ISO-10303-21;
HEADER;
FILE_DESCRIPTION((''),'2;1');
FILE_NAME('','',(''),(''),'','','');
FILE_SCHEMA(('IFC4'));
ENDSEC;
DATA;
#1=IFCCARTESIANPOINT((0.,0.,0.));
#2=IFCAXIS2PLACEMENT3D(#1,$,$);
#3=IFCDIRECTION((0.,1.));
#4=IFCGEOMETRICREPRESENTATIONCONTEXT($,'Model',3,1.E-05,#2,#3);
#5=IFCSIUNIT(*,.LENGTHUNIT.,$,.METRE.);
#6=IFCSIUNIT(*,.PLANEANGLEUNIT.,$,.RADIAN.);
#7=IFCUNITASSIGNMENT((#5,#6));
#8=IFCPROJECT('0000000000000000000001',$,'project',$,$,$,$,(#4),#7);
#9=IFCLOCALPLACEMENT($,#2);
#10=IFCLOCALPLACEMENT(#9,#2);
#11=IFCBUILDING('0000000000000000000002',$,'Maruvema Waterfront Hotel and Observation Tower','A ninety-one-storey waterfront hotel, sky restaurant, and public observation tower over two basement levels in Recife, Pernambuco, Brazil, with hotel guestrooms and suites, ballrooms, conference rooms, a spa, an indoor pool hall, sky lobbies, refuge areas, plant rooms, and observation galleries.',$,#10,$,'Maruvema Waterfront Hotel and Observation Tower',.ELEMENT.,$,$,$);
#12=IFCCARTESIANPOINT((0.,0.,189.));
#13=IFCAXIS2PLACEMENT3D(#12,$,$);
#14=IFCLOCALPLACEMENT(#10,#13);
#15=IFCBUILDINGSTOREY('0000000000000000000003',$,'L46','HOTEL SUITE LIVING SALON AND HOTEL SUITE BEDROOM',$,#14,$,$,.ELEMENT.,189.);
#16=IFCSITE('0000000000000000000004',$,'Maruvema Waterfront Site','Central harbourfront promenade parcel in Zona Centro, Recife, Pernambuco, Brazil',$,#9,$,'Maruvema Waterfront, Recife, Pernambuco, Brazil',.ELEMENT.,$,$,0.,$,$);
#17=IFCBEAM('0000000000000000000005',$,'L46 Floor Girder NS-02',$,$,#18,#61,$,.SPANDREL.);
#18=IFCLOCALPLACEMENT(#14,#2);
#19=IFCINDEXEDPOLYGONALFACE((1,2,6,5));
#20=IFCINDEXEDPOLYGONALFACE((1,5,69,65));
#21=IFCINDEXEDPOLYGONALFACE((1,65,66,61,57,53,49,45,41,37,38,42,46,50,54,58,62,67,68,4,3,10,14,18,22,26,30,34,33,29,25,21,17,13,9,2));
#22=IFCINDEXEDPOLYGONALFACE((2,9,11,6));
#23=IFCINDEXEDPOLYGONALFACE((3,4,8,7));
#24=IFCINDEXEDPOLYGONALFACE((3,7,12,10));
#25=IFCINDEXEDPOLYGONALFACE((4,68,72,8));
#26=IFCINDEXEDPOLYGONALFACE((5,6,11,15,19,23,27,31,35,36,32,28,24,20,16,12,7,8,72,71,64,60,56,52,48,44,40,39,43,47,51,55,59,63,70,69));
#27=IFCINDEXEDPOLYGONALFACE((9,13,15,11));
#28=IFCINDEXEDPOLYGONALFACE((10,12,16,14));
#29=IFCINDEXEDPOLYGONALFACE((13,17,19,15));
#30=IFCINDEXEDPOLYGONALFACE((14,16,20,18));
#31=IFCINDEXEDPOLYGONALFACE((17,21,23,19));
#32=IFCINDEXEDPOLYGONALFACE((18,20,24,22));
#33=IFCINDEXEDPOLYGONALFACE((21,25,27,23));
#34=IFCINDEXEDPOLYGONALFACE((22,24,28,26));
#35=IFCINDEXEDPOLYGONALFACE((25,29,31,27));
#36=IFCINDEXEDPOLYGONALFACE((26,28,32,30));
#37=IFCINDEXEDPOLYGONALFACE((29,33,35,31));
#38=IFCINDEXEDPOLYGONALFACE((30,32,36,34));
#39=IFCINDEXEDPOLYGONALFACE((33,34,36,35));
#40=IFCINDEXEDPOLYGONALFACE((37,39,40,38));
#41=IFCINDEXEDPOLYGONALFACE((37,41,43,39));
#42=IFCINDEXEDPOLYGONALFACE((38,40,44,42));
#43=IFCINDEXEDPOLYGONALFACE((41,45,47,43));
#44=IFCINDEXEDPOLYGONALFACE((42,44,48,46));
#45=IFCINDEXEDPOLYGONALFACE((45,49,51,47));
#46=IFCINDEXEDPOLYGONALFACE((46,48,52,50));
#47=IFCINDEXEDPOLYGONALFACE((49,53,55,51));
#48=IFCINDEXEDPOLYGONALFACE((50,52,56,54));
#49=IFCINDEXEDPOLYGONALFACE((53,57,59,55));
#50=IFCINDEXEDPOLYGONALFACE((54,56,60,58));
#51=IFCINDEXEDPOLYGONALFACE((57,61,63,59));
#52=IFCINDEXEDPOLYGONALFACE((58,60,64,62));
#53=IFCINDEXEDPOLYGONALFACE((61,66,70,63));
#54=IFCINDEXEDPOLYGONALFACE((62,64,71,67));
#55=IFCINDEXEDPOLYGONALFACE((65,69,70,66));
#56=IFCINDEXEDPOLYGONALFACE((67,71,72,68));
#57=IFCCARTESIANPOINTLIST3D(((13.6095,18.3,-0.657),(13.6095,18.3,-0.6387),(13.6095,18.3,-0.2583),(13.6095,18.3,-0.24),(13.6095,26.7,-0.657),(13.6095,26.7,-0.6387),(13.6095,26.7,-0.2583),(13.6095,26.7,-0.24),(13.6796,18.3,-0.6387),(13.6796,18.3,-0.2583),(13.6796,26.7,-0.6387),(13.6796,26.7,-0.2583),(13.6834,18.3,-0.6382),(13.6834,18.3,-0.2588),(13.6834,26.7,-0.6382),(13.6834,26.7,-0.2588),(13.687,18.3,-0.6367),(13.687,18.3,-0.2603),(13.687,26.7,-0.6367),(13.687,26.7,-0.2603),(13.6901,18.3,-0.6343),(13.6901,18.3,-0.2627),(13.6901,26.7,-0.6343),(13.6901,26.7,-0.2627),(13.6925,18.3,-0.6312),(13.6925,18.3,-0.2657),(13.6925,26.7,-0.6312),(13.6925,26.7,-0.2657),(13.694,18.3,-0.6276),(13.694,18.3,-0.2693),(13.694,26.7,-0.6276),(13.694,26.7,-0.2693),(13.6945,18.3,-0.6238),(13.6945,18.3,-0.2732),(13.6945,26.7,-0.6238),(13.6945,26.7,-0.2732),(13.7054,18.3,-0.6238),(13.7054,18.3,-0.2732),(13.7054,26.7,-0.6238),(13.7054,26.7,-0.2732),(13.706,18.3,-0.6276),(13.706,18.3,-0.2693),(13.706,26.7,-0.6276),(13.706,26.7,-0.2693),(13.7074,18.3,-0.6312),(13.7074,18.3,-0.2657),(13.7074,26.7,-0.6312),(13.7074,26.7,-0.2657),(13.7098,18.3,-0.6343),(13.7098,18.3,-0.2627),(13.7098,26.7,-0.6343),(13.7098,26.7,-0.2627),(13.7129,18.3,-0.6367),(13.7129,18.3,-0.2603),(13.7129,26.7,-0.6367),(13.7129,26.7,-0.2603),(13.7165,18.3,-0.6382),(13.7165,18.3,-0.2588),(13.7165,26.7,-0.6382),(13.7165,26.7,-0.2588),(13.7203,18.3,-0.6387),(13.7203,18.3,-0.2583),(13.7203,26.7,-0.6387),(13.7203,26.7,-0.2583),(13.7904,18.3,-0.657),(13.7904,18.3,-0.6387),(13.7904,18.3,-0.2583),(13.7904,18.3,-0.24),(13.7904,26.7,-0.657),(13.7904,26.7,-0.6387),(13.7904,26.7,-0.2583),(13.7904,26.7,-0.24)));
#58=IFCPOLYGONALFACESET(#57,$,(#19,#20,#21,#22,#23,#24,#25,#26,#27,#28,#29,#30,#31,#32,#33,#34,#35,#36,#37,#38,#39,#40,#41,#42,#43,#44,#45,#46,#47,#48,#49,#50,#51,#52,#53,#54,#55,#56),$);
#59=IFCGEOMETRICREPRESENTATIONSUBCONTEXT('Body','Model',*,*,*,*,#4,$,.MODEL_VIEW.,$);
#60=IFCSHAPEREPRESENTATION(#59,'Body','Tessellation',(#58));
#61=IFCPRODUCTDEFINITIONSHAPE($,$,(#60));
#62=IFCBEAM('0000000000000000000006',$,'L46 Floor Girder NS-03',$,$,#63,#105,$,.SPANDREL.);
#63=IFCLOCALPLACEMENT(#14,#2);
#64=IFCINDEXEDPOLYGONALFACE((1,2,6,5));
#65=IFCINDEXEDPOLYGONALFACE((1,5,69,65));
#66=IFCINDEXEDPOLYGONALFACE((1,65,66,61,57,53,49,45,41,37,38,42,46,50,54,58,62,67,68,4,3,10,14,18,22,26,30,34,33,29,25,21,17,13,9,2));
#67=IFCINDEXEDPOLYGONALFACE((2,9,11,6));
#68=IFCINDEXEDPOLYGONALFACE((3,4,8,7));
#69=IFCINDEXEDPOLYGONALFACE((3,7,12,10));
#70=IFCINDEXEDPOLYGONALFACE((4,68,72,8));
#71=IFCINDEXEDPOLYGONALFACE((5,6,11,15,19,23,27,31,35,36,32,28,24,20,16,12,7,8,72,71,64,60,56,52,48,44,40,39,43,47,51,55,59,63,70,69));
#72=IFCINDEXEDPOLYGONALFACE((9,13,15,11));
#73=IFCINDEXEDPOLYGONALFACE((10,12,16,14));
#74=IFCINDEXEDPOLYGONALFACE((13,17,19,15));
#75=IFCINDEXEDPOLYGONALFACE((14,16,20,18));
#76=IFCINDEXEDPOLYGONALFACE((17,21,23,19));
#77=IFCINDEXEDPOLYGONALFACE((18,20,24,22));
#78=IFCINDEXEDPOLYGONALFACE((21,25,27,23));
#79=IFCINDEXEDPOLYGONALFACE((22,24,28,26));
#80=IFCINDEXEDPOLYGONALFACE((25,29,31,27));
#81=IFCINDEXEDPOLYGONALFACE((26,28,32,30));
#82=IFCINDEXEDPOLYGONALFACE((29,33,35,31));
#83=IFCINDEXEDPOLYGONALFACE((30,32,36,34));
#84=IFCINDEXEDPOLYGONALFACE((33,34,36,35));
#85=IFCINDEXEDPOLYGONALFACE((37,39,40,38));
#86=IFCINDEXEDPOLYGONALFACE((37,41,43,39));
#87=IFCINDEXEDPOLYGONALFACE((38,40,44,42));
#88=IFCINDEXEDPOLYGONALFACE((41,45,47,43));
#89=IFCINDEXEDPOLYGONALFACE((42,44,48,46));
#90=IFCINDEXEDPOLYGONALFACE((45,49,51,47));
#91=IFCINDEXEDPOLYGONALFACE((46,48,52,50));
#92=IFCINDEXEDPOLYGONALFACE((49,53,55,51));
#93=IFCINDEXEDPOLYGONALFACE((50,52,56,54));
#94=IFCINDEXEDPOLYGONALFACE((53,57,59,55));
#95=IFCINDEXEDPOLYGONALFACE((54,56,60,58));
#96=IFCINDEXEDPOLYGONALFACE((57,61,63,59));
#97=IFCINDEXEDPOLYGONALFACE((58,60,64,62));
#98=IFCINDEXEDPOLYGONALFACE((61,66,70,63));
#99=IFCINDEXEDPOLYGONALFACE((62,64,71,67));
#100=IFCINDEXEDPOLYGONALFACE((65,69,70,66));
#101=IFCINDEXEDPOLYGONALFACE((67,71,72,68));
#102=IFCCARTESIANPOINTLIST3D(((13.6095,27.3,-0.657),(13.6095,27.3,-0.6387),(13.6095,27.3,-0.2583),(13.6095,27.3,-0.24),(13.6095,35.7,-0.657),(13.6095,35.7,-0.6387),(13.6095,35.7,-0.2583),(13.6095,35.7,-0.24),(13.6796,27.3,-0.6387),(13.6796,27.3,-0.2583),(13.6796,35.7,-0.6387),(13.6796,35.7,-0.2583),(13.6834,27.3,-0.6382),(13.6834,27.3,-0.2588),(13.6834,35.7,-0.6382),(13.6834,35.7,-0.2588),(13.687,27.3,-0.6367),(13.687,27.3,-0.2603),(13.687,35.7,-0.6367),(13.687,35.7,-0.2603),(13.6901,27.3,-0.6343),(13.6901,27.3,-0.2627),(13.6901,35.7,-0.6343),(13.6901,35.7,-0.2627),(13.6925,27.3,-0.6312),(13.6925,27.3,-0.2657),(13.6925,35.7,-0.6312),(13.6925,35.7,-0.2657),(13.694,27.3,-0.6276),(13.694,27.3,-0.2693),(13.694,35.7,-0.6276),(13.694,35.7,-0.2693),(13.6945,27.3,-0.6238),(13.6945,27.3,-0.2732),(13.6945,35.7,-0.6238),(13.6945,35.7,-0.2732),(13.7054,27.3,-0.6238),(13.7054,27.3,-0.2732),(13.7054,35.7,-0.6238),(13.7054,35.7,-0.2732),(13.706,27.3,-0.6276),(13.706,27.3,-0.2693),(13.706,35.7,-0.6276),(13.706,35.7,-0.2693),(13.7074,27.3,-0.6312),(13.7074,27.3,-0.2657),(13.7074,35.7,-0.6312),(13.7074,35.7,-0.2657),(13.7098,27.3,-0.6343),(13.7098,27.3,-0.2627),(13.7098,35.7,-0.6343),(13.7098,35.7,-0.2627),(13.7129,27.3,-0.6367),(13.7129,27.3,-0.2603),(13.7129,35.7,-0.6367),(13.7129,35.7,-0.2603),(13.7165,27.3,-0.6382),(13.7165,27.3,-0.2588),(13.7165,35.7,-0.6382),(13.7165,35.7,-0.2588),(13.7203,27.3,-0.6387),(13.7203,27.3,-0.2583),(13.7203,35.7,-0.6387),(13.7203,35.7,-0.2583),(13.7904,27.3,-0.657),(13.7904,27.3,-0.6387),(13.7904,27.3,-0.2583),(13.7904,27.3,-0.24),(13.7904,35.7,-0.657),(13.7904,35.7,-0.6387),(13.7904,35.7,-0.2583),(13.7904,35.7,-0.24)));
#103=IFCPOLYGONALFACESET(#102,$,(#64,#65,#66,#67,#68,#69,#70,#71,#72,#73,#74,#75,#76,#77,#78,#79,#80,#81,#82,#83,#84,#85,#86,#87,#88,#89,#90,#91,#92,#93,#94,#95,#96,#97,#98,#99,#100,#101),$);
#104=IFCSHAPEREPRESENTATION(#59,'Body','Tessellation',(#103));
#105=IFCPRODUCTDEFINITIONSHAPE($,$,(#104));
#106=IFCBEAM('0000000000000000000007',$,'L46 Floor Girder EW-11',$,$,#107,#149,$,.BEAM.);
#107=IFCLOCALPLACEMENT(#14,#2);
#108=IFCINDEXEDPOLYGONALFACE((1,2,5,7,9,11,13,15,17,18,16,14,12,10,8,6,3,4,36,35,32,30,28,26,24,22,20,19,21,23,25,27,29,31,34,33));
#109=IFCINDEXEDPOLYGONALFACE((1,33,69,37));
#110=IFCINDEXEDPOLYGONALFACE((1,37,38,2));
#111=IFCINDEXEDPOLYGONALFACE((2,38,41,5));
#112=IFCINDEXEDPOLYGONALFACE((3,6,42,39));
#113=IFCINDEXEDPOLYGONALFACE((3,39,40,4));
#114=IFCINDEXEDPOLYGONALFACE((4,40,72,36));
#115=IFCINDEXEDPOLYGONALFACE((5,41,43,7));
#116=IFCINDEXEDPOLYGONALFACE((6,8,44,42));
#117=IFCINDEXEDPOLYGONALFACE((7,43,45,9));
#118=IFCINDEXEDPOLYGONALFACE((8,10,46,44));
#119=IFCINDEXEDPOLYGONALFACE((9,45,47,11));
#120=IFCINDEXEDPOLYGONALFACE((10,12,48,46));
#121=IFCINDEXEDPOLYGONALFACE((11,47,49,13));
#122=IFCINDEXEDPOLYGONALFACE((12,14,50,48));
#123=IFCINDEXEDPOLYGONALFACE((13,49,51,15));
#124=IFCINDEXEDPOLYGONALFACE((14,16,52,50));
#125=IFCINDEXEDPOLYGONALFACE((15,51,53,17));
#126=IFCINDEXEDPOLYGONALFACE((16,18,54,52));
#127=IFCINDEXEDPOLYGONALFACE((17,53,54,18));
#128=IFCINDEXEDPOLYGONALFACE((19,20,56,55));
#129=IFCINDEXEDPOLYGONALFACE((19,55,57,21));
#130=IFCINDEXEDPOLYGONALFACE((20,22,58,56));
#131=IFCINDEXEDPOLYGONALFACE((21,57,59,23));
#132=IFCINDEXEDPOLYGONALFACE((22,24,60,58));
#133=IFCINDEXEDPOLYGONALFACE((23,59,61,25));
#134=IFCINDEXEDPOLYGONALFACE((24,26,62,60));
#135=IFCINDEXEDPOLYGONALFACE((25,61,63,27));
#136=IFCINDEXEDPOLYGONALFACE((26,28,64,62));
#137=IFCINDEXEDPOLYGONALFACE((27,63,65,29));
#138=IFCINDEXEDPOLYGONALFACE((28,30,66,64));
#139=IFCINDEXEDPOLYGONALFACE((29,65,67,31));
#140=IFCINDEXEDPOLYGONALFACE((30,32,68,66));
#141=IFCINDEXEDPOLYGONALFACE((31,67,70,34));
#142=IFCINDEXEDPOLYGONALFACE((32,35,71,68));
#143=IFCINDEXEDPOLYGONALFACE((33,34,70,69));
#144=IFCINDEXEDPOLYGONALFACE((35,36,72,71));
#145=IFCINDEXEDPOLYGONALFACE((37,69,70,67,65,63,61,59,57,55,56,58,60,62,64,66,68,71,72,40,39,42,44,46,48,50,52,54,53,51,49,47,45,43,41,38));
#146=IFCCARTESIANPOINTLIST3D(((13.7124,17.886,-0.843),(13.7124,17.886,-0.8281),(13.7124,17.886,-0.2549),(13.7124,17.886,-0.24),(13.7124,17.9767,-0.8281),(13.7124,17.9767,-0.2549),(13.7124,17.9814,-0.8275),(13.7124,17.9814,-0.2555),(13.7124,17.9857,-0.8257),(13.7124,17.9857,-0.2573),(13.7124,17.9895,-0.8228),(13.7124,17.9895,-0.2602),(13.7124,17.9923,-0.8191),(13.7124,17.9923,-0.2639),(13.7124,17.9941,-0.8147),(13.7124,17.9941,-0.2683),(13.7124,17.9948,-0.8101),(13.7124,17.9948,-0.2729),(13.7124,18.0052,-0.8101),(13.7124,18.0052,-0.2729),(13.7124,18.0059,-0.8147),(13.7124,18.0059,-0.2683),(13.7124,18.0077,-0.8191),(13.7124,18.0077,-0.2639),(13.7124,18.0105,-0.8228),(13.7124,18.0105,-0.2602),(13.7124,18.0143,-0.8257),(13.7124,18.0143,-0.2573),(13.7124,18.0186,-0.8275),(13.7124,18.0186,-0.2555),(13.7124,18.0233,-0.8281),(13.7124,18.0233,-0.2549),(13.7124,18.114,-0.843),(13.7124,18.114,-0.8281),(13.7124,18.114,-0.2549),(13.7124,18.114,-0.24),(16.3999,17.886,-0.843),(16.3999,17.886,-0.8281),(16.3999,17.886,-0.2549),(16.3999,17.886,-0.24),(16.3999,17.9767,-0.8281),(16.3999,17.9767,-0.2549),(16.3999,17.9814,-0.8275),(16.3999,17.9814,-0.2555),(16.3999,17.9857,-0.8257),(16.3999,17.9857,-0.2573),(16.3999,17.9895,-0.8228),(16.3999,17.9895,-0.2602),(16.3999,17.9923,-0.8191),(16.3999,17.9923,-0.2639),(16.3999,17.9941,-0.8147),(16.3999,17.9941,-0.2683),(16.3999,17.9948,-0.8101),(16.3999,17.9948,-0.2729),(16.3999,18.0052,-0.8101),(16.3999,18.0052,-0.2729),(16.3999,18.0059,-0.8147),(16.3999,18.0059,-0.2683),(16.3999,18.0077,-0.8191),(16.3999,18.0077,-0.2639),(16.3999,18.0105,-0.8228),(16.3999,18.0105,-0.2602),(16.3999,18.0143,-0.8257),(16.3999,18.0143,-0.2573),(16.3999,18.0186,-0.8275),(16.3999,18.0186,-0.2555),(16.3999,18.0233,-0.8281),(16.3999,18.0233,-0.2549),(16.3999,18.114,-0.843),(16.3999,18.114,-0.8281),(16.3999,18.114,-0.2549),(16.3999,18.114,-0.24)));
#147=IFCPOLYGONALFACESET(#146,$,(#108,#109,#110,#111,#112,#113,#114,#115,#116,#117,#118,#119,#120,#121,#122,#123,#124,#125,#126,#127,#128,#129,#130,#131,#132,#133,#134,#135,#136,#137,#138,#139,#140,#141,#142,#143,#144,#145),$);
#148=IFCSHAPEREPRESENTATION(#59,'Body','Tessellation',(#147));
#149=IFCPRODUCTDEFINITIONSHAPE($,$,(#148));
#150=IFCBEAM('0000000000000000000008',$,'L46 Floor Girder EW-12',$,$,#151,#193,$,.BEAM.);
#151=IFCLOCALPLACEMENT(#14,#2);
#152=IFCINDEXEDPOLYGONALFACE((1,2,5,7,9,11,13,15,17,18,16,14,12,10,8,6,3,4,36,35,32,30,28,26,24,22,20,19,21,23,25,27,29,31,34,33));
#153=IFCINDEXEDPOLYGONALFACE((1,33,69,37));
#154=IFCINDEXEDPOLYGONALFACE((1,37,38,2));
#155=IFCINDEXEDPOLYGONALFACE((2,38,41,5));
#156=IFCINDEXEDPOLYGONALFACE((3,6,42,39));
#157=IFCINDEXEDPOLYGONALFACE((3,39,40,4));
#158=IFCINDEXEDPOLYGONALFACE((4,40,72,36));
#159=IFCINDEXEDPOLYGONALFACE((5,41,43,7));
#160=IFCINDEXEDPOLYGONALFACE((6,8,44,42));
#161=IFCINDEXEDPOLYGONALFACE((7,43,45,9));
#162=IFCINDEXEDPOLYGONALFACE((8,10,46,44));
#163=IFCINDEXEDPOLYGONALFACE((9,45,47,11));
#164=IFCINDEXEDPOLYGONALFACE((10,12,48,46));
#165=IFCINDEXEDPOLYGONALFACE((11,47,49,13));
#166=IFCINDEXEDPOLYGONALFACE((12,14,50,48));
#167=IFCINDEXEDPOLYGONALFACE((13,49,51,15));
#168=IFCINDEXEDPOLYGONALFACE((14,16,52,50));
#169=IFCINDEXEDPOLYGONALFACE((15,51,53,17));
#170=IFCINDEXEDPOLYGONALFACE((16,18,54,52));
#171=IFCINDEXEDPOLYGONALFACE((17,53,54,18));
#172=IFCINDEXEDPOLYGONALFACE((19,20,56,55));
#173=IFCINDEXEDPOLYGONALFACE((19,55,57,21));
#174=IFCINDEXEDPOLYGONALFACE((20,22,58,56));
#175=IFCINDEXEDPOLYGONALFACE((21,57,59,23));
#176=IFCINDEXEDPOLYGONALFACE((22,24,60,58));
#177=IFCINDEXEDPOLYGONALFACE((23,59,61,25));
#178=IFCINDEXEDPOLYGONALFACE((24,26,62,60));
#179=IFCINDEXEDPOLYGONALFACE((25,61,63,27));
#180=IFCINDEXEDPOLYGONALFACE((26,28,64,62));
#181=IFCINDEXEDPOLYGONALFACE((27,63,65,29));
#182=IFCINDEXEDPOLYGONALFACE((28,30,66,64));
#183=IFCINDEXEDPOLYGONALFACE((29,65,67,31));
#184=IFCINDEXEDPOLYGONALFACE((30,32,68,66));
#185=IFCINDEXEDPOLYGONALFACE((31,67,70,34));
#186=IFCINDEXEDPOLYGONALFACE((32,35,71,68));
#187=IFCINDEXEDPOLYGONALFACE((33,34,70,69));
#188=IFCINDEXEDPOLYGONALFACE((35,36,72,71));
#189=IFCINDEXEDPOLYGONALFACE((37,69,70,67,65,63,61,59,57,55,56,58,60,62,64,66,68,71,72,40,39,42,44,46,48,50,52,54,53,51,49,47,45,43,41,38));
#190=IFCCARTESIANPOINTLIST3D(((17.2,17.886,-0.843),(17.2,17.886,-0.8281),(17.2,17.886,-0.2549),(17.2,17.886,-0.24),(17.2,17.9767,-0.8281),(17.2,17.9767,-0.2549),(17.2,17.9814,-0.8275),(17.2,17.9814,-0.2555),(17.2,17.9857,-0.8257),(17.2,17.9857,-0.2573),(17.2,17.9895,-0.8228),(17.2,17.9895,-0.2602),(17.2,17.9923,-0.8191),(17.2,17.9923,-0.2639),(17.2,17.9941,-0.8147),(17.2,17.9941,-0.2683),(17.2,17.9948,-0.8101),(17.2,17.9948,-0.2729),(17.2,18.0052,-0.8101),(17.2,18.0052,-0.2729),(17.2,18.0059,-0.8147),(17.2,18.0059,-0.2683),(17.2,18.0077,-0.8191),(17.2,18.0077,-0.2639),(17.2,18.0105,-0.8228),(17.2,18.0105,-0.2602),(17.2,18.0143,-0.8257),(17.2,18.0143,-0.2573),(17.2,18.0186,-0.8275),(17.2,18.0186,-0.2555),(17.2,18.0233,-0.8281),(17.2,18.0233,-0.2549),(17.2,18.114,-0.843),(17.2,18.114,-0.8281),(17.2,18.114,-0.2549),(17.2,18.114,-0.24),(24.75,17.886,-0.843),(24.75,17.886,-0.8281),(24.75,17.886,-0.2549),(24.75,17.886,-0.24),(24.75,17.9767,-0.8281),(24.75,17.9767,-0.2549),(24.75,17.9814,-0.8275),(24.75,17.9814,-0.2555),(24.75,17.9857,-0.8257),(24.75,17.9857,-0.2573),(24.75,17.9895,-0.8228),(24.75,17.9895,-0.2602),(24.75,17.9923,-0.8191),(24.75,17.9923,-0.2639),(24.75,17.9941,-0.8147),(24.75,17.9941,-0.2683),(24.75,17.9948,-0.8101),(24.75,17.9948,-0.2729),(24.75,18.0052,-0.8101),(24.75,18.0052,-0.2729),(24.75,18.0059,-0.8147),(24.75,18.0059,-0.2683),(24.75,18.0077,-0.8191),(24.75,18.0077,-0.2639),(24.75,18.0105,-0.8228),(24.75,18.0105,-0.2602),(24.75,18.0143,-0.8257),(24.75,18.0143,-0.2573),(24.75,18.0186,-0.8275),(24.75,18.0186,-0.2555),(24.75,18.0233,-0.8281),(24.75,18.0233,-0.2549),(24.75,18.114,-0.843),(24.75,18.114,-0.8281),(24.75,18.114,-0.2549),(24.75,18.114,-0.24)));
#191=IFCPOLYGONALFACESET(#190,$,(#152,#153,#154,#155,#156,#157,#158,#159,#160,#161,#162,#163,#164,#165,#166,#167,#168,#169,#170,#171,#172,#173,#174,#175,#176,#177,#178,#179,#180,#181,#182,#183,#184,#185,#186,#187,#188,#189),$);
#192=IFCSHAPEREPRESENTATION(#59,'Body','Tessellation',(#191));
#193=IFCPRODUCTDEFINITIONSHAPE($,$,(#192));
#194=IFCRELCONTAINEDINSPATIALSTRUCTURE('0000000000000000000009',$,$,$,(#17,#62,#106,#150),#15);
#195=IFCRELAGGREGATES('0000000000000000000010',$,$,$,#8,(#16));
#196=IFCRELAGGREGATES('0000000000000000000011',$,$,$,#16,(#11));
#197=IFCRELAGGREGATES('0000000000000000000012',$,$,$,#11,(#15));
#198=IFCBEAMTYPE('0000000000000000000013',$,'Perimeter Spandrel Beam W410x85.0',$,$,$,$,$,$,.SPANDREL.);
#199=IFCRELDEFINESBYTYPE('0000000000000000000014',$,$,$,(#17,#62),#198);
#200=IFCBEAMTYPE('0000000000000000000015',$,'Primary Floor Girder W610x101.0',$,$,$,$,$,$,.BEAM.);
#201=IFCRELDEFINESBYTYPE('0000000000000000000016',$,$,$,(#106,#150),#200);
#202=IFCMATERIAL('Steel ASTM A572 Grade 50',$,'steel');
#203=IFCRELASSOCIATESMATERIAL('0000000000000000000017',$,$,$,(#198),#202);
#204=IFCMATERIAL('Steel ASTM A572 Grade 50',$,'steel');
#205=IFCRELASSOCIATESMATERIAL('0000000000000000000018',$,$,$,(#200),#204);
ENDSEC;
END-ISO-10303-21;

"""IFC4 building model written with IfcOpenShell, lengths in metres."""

from ifc_helpers import new_model, si_unit, direction, frame, origin, origin_2d, place, context, subcontext, project, spatial, i_section, extrude, material, material_profile, profile_set, type_object, element, save


model = new_model("IFC4")

# Units and contexts
model_context = context("Model", 3, precision=1e-05, world=origin(), true_north=direction((0.0, 1.0)))
body_context = subcontext(model_context, "Body", "Model", "MODEL_VIEW")
ifc_project = project(units=[si_unit("LENGTHUNIT", "METRE"), si_unit("PLANEANGLEUNIT", "RADIAN")], contexts=[model_context])

# Site, building, storey
site_placement = place(None, origin())
site = spatial("IfcSite", under=ifc_project, at=site_placement, Name="Maruvema Waterfront Site", Description="Central harbourfront promenade parcel in Zona Centro, Recife, Pernambuco, Brazil", LongName="Maruvema Waterfront, Recife, Pernambuco, Brazil", CompositionType="ELEMENT", RefElevation=0.0)
building_placement = place(site_placement, origin())
building = spatial("IfcBuilding", under=site, at=building_placement, Name="Maruvema Waterfront Hotel and Observation Tower", Description="A ninety-one-storey waterfront hotel, sky restaurant, and public observation tower over two basement levels in Recife, Pernambuco, Brazil, with hotel guestrooms and suites, ballrooms, conference rooms, a spa, an indoor pool hall, sky lobbies, refuge areas, plant rooms, and observation galleries.", LongName="Maruvema Waterfront Hotel and Observation Tower", CompositionType="ELEMENT")
storey_placement = place(building_placement, frame((0.0, 0.0, 189.0)))
storey = spatial("IfcBuildingStorey", under=building, at=storey_placement, Name="L46", Description="HOTEL SUITE LIVING SALON AND HOTEL SUITE BEDROOM", CompositionType="ELEMENT", Elevation=189.0)

# Beams
ifc_material_1 = material(Name="Steel ASTM A572 Grade 50", Category="steel")
ifc_material_profile_1 = material_profile(ifc_material_1, i_section(OverallWidth=0.1809, OverallDepth=0.417, WebThickness=0.011, FlangeThickness=0.0183, FilletRadius=0.0149, at=origin_2d()), Name="W410x85.0")
ifc_profile_set_1 = profile_set([ifc_material_profile_1], Name="Steel ASTM A572 Grade 50")
beam_type_1 = type_object("IfcBeamType", Name="Perimeter Spandrel Beam W410x85.0", PredefinedType="SPANDREL", material=ifc_profile_set_1)
for number, where, z_axis, x_axis, name in (
    (1, (13.7, 18.3, -0.4485), (0.0, 1.0, 0.0), (-1.0, 0.0, 0.0), "L46 Floor Girder NS-02"),
    (2, (13.7, 27.3, -0.4485), (0.0, 1.0, 0.0), (-1.0, 0.0, 0.0), "L46 Floor Girder NS-03"),
):
    element("IfcBeam", number, at=place(storey_placement, frame(where, z_axis=z_axis, x_axis=x_axis)), inside=storey, type_object=beam_type_1, Name=name, PredefinedType="SPANDREL", context=body_context, shape_type="SweptSolid", body=[
        extrude(i_section(OverallWidth=0.1809, OverallDepth=0.417, WebThickness=0.011, FlangeThickness=0.0183, FilletRadius=0.0149, at=origin_2d()), origin(), (0.0, 0.0, 1.0), 8.3999),
    ])
ifc_material_2 = material(Name="Steel ASTM A572 Grade 50", Category="steel")
ifc_material_profile_2 = material_profile(ifc_material_2, i_section(OverallWidth=0.228, OverallDepth=0.603, WebThickness=0.0105, FlangeThickness=0.0149, FilletRadius=0.0181, at=origin_2d()), Name="W610x101.0")
ifc_profile_set_2 = profile_set([ifc_material_profile_2], Name="Steel ASTM A572 Grade 50")
beam_type_2 = type_object("IfcBeamType", Name="Primary Floor Girder W610x101.0", PredefinedType="BEAM", material=ifc_profile_set_2)
beam_1_placement = place(storey_placement, frame((13.7124, 18.0, -0.5415), z_axis=(1.0, 0.0, 0.0), x_axis=(0.0, 1.0, 0.0)))
element("IfcBeam", 3, at=beam_1_placement, inside=storey, type_object=beam_type_2, Name="L46 Floor Girder EW-11", PredefinedType="BEAM", context=body_context, shape_type="SweptSolid", body=[
    extrude(i_section(OverallWidth=0.228, OverallDepth=0.603, WebThickness=0.0105, FlangeThickness=0.0149, FilletRadius=0.0181, at=origin_2d()), origin(), (0.0, 0.0, 1.0), 2.6875),
])
beam_2_placement = place(storey_placement, frame((17.2, 18.0, -0.5415), z_axis=(1.0, 0.0, 0.0), x_axis=(0.0, 1.0, 0.0)))
element("IfcBeam", 4, at=beam_2_placement, inside=storey, type_object=beam_type_2, Name="L46 Floor Girder EW-12", PredefinedType="BEAM", context=body_context, shape_type="SweptSolid", body=[
    extrude(i_section(OverallWidth=0.228, OverallDepth=0.603, WebThickness=0.0105, FlangeThickness=0.0149, FilletRadius=0.0181, at=origin_2d()), origin(), (0.0, 0.0, 1.0), 7.55),
])

save(model, "model.ifc")
